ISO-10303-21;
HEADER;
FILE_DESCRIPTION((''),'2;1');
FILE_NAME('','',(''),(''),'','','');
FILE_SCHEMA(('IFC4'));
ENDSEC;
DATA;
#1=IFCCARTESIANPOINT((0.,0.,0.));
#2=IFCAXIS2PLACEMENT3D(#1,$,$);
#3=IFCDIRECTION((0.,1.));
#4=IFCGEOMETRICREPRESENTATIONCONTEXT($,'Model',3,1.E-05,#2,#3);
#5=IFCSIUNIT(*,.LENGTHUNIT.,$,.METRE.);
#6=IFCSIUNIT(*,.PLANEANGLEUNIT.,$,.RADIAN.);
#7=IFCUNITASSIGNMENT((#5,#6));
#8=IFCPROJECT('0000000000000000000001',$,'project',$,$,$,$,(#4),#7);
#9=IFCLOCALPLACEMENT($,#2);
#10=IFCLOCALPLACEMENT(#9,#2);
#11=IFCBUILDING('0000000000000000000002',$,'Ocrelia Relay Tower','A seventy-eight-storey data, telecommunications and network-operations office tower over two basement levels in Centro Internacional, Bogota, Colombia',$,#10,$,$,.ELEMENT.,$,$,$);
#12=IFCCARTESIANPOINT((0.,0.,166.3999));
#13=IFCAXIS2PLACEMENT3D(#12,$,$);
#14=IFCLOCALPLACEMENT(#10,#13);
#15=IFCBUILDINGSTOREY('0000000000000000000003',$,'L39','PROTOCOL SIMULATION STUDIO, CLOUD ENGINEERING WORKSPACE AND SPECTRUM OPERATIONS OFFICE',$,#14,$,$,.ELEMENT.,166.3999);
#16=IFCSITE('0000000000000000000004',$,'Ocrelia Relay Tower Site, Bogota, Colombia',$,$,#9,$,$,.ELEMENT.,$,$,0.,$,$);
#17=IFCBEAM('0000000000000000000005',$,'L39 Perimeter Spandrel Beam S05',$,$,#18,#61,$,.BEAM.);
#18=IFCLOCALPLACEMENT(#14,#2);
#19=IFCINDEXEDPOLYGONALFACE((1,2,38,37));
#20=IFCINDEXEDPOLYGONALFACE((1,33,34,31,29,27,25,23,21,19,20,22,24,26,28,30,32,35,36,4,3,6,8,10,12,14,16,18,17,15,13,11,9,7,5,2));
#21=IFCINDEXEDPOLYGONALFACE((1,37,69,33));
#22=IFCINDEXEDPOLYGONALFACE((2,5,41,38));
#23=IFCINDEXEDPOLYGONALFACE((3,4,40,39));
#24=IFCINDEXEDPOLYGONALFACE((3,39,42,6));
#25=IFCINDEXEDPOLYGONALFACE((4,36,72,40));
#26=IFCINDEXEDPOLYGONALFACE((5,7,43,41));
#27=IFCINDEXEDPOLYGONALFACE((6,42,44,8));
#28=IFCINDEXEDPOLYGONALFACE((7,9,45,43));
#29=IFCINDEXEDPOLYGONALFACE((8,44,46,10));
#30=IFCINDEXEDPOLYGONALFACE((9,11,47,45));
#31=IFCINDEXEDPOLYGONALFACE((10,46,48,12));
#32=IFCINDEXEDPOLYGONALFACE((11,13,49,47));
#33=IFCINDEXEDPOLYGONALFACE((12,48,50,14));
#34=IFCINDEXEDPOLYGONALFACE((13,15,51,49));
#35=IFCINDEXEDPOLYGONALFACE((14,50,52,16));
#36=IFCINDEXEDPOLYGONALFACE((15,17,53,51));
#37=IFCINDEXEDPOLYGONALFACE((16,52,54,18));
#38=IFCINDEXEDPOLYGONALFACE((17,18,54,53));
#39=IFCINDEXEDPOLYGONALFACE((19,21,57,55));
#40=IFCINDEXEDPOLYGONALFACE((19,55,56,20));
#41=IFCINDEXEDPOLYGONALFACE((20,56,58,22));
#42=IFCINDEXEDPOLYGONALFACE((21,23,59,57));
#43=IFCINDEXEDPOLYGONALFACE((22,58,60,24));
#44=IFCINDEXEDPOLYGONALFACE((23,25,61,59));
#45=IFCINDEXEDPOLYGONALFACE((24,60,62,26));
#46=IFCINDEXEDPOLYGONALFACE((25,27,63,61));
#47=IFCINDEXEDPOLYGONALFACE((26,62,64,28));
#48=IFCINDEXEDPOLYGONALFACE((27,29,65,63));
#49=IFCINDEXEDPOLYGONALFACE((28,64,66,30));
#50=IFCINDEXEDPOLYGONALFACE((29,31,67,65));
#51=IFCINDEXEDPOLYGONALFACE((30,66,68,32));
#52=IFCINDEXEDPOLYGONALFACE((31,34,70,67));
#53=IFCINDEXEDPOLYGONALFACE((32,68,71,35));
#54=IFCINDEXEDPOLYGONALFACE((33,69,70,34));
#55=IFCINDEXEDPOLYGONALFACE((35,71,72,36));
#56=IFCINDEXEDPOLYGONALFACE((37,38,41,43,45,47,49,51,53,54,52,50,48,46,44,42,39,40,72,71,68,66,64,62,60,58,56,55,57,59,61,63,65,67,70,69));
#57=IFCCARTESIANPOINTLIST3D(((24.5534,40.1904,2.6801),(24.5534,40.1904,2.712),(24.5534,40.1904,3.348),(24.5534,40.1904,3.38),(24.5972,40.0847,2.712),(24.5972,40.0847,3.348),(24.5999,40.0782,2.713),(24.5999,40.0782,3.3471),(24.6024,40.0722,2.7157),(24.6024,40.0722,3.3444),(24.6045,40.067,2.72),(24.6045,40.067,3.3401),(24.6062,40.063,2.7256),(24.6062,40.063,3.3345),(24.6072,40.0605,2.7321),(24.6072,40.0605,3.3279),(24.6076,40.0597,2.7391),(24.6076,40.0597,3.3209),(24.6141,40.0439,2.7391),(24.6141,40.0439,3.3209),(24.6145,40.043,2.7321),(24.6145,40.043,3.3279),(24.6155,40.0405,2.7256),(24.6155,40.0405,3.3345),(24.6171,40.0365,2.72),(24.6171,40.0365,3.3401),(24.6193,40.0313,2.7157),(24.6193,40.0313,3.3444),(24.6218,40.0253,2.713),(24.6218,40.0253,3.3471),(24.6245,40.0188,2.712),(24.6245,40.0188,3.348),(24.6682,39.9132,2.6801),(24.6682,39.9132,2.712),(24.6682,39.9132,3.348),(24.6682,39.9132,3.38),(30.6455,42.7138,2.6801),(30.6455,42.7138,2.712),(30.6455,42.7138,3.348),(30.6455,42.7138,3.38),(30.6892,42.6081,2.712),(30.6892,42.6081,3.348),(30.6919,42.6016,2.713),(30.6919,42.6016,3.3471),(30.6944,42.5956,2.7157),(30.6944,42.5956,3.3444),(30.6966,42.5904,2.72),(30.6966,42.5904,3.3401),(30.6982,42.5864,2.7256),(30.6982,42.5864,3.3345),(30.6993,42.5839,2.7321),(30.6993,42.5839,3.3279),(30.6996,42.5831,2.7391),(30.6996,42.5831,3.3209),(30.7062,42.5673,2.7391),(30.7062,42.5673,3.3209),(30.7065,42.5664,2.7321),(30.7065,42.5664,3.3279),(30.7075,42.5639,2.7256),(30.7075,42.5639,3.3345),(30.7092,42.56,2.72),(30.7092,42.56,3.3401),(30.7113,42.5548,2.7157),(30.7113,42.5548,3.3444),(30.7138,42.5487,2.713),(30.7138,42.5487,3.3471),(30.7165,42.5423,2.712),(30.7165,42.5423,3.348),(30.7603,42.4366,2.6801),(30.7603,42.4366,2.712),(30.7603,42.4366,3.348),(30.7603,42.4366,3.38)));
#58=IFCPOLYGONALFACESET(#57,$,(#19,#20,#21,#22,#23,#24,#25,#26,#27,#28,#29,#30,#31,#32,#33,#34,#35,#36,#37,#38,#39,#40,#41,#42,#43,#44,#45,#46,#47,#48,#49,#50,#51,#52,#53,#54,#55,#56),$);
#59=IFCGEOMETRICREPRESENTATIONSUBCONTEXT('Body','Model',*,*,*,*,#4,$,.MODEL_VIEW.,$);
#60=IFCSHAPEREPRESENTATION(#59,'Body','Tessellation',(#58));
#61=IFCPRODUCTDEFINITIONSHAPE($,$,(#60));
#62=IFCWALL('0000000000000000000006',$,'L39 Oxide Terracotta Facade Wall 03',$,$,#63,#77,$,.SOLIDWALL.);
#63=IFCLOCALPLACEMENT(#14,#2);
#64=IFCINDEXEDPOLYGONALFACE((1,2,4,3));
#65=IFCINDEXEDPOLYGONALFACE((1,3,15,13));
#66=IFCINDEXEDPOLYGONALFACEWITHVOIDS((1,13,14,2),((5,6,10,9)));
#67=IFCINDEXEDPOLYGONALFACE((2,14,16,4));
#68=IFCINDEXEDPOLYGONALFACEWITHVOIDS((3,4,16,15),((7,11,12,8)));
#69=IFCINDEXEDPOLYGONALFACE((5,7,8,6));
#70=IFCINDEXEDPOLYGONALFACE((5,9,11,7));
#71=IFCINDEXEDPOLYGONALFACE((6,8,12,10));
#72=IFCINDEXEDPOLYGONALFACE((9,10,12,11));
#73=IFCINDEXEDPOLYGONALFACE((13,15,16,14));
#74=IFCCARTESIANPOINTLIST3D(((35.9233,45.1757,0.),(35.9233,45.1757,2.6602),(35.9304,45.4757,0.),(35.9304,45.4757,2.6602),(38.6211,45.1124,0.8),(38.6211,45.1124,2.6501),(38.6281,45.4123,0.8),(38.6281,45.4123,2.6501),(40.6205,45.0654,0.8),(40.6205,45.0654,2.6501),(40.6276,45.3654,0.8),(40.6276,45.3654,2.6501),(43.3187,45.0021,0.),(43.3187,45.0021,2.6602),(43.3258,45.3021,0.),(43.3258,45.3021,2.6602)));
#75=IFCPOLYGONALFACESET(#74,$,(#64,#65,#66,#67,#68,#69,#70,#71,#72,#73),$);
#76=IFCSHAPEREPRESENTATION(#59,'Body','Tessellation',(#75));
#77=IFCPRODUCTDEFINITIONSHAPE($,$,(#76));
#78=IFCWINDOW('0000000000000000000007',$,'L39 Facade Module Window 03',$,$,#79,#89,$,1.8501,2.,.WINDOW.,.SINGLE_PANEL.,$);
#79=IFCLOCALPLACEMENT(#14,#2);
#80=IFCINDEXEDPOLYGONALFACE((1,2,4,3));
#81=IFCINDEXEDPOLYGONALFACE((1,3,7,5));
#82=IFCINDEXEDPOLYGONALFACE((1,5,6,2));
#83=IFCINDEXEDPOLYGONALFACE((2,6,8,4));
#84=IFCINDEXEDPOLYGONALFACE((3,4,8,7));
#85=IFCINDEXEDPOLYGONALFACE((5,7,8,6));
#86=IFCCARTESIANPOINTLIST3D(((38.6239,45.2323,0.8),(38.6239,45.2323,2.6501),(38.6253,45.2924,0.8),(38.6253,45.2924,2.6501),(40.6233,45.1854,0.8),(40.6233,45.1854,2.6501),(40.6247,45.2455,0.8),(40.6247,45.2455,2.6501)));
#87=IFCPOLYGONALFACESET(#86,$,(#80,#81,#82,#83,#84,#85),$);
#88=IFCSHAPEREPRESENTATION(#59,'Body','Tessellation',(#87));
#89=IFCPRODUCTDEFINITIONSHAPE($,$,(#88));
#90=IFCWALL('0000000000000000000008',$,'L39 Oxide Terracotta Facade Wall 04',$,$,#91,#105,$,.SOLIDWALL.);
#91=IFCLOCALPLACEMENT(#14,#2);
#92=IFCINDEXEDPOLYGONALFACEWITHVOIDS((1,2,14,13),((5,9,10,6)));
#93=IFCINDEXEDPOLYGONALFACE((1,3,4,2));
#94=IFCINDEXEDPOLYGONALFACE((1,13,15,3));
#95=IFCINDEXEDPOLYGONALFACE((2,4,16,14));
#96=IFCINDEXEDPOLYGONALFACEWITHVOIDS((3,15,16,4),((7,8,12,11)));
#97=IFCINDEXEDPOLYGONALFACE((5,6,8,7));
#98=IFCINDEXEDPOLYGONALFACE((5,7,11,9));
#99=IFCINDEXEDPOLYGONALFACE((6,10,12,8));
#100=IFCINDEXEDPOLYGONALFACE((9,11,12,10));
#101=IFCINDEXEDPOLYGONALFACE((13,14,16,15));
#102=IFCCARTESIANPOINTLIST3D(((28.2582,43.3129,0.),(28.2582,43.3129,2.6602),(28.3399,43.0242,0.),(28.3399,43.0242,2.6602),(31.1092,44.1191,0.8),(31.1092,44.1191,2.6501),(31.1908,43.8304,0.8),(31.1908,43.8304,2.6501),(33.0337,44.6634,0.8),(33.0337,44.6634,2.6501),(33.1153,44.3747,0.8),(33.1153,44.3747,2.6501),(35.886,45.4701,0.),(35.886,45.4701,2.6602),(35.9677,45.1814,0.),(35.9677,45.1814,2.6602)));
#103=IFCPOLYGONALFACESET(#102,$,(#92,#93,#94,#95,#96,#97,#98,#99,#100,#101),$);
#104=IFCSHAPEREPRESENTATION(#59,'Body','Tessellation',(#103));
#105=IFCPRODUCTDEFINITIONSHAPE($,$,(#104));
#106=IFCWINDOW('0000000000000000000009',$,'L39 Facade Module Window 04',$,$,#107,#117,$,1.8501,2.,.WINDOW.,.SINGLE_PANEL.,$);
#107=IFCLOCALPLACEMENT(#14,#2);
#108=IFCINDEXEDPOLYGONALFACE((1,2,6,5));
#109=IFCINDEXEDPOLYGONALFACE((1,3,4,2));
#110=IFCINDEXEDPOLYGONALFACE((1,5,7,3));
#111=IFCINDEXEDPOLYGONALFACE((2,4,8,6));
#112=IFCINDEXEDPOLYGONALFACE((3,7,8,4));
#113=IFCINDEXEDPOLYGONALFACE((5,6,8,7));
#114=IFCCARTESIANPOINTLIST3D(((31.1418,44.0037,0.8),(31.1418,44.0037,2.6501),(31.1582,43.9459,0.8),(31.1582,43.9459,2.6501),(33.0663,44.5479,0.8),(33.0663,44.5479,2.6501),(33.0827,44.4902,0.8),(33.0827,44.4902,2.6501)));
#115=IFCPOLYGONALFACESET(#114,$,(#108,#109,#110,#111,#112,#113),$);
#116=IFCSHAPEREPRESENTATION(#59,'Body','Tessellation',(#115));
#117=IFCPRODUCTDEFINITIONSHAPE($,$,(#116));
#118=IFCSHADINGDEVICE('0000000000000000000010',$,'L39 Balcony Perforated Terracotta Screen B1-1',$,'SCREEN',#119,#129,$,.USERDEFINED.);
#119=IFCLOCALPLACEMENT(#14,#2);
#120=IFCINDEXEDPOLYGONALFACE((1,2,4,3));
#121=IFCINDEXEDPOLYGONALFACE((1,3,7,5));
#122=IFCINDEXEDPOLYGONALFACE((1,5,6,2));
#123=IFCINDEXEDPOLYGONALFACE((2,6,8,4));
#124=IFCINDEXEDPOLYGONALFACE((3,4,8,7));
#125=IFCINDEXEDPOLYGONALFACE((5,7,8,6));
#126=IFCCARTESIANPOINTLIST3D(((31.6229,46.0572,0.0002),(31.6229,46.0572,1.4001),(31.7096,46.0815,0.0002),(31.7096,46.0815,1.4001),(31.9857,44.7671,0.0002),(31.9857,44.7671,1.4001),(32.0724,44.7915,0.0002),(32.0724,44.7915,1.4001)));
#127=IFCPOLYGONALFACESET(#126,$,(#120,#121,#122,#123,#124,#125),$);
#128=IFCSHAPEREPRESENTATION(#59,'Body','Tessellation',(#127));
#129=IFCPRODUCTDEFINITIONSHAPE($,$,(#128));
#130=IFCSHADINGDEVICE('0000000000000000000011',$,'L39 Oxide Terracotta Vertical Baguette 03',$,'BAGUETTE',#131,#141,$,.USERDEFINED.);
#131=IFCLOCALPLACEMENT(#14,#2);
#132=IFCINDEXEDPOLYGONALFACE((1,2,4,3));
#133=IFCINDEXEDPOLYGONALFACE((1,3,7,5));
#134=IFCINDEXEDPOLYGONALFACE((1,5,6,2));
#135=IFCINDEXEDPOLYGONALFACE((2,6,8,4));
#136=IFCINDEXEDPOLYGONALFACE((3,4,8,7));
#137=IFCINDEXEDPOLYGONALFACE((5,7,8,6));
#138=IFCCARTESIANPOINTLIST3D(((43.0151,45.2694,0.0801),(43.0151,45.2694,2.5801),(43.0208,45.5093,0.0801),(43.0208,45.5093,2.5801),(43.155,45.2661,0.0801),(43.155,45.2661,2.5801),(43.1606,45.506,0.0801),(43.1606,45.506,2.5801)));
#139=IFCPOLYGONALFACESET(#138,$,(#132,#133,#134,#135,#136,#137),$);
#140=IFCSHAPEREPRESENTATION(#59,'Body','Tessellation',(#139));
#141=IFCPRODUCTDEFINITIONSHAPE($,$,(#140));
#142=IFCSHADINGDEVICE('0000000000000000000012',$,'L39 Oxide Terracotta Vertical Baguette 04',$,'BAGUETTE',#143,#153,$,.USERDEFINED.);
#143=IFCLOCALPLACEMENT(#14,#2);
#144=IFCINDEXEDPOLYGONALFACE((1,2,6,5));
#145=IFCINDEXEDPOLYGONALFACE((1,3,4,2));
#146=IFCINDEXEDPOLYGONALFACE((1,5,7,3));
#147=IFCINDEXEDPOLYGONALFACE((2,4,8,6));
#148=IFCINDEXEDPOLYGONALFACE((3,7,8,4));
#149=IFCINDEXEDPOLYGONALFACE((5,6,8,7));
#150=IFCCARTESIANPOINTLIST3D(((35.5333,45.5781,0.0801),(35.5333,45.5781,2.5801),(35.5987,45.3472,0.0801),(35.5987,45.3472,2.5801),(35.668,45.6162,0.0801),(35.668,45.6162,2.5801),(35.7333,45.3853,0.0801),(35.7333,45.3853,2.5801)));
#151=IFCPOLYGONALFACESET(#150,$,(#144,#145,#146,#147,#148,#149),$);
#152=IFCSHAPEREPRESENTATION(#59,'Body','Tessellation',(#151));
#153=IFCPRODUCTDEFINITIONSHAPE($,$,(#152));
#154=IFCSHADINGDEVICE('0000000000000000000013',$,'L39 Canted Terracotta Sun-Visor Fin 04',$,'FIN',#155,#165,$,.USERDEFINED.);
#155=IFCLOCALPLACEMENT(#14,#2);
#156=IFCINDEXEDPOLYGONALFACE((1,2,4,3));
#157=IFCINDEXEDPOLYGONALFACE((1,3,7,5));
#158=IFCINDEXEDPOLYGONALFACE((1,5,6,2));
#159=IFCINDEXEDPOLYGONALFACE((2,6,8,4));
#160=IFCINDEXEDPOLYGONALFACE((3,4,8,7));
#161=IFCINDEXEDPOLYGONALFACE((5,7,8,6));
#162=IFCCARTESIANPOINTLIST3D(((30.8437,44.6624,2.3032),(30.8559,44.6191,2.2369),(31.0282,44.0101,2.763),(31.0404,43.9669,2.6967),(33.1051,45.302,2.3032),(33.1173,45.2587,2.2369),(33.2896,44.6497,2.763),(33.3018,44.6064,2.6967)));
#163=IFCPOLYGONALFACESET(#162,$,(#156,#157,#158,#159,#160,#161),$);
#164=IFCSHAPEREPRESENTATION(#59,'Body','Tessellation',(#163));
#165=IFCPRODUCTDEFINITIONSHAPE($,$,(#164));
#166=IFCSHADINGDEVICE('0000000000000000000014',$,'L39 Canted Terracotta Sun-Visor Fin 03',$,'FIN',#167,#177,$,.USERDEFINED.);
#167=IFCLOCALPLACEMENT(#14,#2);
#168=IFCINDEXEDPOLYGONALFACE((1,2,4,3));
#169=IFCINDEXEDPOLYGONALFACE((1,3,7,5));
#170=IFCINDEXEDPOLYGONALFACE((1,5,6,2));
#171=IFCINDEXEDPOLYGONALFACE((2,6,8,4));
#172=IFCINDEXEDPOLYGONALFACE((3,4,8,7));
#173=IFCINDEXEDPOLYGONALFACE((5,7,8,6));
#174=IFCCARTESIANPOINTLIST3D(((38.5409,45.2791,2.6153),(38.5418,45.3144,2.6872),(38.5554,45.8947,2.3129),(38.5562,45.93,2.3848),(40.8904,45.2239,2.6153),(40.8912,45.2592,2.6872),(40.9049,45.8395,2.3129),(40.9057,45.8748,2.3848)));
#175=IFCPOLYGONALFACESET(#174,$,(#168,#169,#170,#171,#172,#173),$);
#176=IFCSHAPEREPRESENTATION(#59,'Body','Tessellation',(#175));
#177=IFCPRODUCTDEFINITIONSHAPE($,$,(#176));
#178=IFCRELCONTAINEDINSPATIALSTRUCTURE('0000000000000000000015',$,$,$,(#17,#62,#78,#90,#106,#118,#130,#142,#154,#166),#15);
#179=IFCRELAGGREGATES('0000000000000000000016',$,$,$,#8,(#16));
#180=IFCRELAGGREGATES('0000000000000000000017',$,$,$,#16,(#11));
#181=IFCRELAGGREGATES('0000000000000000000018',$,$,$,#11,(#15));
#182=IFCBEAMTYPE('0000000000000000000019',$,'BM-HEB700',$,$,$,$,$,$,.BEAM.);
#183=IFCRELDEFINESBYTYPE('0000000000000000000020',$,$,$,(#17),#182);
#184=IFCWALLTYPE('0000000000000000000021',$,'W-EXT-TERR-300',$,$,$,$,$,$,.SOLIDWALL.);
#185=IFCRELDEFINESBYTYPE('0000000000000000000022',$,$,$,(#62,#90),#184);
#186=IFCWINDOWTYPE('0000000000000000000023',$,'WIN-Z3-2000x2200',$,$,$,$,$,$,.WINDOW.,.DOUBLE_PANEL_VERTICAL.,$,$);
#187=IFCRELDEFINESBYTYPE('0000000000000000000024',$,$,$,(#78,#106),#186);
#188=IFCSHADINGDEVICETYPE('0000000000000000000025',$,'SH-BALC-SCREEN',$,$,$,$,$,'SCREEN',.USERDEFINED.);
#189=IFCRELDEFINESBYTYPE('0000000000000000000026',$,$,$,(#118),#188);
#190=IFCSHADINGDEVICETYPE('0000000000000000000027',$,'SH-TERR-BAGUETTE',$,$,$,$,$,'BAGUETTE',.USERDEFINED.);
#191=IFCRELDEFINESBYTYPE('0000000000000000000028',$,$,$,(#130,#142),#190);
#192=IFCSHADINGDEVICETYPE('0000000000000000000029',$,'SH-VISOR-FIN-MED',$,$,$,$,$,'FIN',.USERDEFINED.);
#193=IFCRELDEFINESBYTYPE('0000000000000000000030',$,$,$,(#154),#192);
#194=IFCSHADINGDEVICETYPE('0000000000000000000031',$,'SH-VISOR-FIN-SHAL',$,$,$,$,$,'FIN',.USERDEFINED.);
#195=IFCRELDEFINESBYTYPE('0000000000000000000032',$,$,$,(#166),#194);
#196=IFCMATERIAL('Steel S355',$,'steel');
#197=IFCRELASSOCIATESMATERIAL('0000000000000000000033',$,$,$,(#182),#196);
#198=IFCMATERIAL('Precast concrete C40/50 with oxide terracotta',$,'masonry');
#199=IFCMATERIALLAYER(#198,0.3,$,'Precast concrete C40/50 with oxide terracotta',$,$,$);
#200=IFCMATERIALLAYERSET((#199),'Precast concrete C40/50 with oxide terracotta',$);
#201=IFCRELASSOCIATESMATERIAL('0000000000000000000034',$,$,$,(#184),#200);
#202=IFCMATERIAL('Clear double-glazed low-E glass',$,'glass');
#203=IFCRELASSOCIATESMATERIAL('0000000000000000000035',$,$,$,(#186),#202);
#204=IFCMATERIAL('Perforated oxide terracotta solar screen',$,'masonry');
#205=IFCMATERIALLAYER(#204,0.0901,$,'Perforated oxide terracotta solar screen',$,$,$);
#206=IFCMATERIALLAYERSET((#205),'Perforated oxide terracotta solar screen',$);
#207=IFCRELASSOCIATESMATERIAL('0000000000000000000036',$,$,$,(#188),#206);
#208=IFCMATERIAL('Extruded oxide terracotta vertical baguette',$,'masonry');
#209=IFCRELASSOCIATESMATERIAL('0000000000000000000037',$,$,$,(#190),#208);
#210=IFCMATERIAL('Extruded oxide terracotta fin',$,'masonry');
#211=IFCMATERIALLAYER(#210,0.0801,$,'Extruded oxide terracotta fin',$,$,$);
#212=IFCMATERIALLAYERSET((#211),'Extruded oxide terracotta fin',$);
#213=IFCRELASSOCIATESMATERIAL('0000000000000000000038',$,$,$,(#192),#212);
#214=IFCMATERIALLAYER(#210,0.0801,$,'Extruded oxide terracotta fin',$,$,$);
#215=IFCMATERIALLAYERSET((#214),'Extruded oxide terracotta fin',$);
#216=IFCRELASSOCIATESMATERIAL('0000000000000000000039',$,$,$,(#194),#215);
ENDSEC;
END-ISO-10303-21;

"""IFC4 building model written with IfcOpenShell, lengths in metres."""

from ifc_helpers import new_model, si_unit, direction, frame, frame_2d, origin, origin_2d, place, context, subcontext, project, spatial, rectangle, i_section, extrude, material, layer, layer_set, material_profile, profile_set, type_object, element, fill, save


model = new_model("IFC4")

# Units and contexts
model_context = context("Model", 3, precision=1e-05, world=origin(), true_north=direction((0.0, 1.0)))
body_context = subcontext(model_context, "Body", "Model", "MODEL_VIEW")
ifc_project = project(units=[si_unit("LENGTHUNIT", "METRE"), si_unit("PLANEANGLEUNIT", "RADIAN")], contexts=[model_context])

# Site, building, storey
site_placement = place(None, origin())
site = spatial("IfcSite", under=ifc_project, at=site_placement, Name="Ocrelia Relay Tower Site, Bogota, Colombia", CompositionType="ELEMENT", RefElevation=0.0)
building_placement = place(site_placement, origin())
building = spatial("IfcBuilding", under=site, at=building_placement, Name="Ocrelia Relay Tower", Description="A seventy-eight-storey data, telecommunications and network-operations office tower over two basement levels in Centro Internacional, Bogota, Colombia", CompositionType="ELEMENT")
storey_placement = place(building_placement, frame((0.0, 0.0, 166.3999)))
storey = spatial("IfcBuildingStorey", under=building, at=storey_placement, Name="L39", Description="PROTOCOL SIMULATION STUDIO, CLOUD ENGINEERING WORKSPACE AND SPECTRUM OPERATIONS OFFICE", CompositionType="ELEMENT", Elevation=166.3999)

# Beam
ifc_material_1 = material(Name="Steel S355", Category="steel")
ifc_material_profile_1 = material_profile(ifc_material_1, i_section(OverallWidth=0.3, OverallDepth=0.7, WebThickness=0.0171, FlangeThickness=0.032, FilletRadius=0.0271, at=origin_2d()), Name="HEB 700")
ifc_profile_set_1 = profile_set([ifc_material_profile_1], Name="Steel S355")
beam_type_1 = type_object("IfcBeamType", Name="BM-HEB700", PredefinedType="BEAM", material=ifc_profile_set_1)
beam_1_placement = place(storey_placement, frame((30.7029, 42.5752, 3.03), z_axis=(-0.923878, -0.382688, 0.0), x_axis=(0.382688, -0.923878, 0.0)))
element("IfcBeam", 1, at=beam_1_placement, inside=storey, type_object=beam_type_1, Name="L39 Perimeter Spandrel Beam S05", PredefinedType="BEAM", context=body_context, shape_type="SweptSolid", body=[
    extrude(i_section(OverallWidth=0.3, OverallDepth=0.7, WebThickness=0.0171, FlangeThickness=0.032, FilletRadius=0.0271, at=origin_2d()), origin(), (0.0, 0.0, 1.0), 6.594),
])

# Walls, openings, windows
ifc_material_2 = material(Name="Precast concrete C40/50 with oxide terracotta", Category="masonry")
ifc_layer_1 = layer(ifc_material_2, 0.3, Name="Precast concrete C40/50 with oxide terracotta")
ifc_layer_set_1 = layer_set([ifc_layer_1], Name="Precast concrete C40/50 with oxide terracotta")
wall_type = type_object("IfcWallType", Name="W-EXT-TERR-300", PredefinedType="SOLIDWALL", material=ifc_layer_set_1)
wall_1_placement = place(storey_placement, frame((43.3223, 45.1521, 0.0), z_axis=(0.0, 0.0, 1.0), x_axis=(-0.999725, 0.023465, 0.0)))
wall_1 = element("IfcWall", 2, at=wall_1_placement, inside=storey, type_object=wall_type, Name="L39 Oxide Terracotta Facade Wall 03", PredefinedType="SOLIDWALL", context=body_context, shape_type="SweptSolid", body=[
    extrude(rectangle(XDim=7.3975, YDim=0.3, at=frame_2d((3.6987, 0.0))), origin(), (0.0, 0.0, 1.0), 2.6602),
])
opening_1_placement = place(wall_1_placement, frame((2.699, 0.0, 0.8)))
opening_1 = element("IfcOpeningElement", 3, at=opening_1_placement, cuts=wall_1, PredefinedType="OPENING", context=body_context, shape_type="SweptSolid", body=[
    extrude(rectangle(XDim=2.0, YDim=1.8501, at=frame_2d((1.0, 0.925))), frame((0.0, 0.1602, 0.0), z_axis=(0.0, -1.0, 0.0), x_axis=(1.0, 0.0, 0.0)), (0.0, 0.0, 1.0), 0.3201),
])
ifc_material_3 = material(Name="Clear double-glazed low-E glass", Category="glass")
window_type = type_object("IfcWindowType", Name="WIN-Z3-2000x2200", PartitioningType="DOUBLE_PANEL_VERTICAL", PredefinedType="WINDOW", material=ifc_material_3)
window_1_placement = place(opening_1_placement, origin())
window_1 = element("IfcWindow", 4, at=window_1_placement, inside=storey, type_object=window_type, Name="L39 Facade Module Window 03", OverallHeight=1.8501, OverallWidth=2.0, PartitioningType="SINGLE_PANEL", PredefinedType="WINDOW", context=body_context, shape_type="SweptSolid", body=[
    extrude(rectangle(XDim=2.0, YDim=1.8501, at=frame_2d((1.0, 0.925))), frame((0.0, 0.03, 0.0), z_axis=(0.0, -1.0, 0.0), x_axis=(1.0, 0.0, 0.0)), (0.0, 0.0, 1.0), 0.0601),
])
fill(opening_1, window_1)
wall_2_placement = place(storey_placement, frame((35.9268, 45.3257, 0.0), z_axis=(0.0, 0.0, 1.0), x_axis=(-0.96226, -0.272133, 0.0)))
wall_2 = element("IfcWall", 5, at=wall_2_placement, inside=storey, type_object=wall_type, Name="L39 Oxide Terracotta Facade Wall 04", PredefinedType="SOLIDWALL", context=body_context, shape_type="SweptSolid", body=[
    extrude(rectangle(XDim=7.927, YDim=0.3, at=frame_2d((3.9634, 0.0))), origin(), (0.0, 0.0, 1.0), 2.6602),
])
opening_2_placement = place(wall_2_placement, frame((2.9641, 0.0, 0.8)))
opening_2 = element("IfcOpeningElement", 6, at=opening_2_placement, cuts=wall_2, PredefinedType="OPENING", context=body_context, shape_type="SweptSolid", body=[
    extrude(rectangle(XDim=2.0, YDim=1.8501, at=frame_2d((1.0, 0.925))), frame((0.0, 0.1602, 0.0), z_axis=(0.0, -1.0, 0.0), x_axis=(1.0, 0.0, 0.0)), (0.0, 0.0, 1.0), 0.3201),
])
window_2_placement = place(opening_2_placement, origin())
window_2 = element("IfcWindow", 7, at=window_2_placement, inside=storey, type_object=window_type, Name="L39 Facade Module Window 04", OverallHeight=1.8501, OverallWidth=2.0, PartitioningType="SINGLE_PANEL", PredefinedType="WINDOW", context=body_context, shape_type="SweptSolid", body=[
    extrude(rectangle(XDim=2.0, YDim=1.8501, at=frame_2d((1.0, 0.925))), frame((0.0, 0.03, 0.0), z_axis=(0.0, -1.0, 0.0), x_axis=(1.0, 0.0, 0.0)), (0.0, 0.0, 1.0), 0.0601),
])
fill(opening_2, window_2)

# Shading devices
ifc_material_4 = material(Name="Perforated oxide terracotta solar screen", Category="masonry")
ifc_layer_2 = layer(ifc_material_4, 0.0901, Name="Perforated oxide terracotta solar screen")
ifc_layer_set_2 = layer_set([ifc_layer_2], Name="Perforated oxide terracotta solar screen")
shading_device_type_1 = type_object("IfcShadingDeviceType", Name="SH-BALC-SCREEN", ElementType="SCREEN", PredefinedType="USERDEFINED", material=ifc_layer_set_2)
shading_device_1_placement = place(storey_placement, frame((31.8477, 45.4243, 0.0002), z_axis=(0.0, 0.0, 1.0), x_axis=(-0.2707, 0.962664, 0.0)))
element("IfcShadingDevice", 8, at=shading_device_1_placement, inside=storey, type_object=shading_device_type_1, Name="L39 Balcony Perforated Terracotta Screen B1-1", ObjectType="SCREEN", PredefinedType="USERDEFINED", context=body_context, shape_type="SweptSolid", body=[
    extrude(rectangle(XDim=1.3401, YDim=0.0901, at=origin_2d()), origin(), (0.0, 0.0, 1.0), 1.3999),
])
ifc_material_5 = material(Name="Extruded oxide terracotta vertical baguette", Category="masonry")
shading_device_type_2 = type_object("IfcShadingDeviceType", Name="SH-TERR-BAGUETTE", ElementType="BAGUETTE", PredefinedType="USERDEFINED", material=ifc_material_5)
for number, where, z_axis, x_axis, name in (
    (9, (43.0879, 45.3877, 0.0801), (0.0, 0.0, 1.0), (-0.999724, 0.023481, 0.0), "L39 Oxide Terracotta Vertical Baguette 03"),
    (10, (35.6333, 45.4817, 0.0801), (0.0, 0.0, 1.0), (-0.962257, -0.272143, 0.0), "L39 Oxide Terracotta Vertical Baguette 04"),
):
    element("IfcShadingDevice", number, at=place(storey_placement, frame(where, z_axis=z_axis, x_axis=x_axis)), inside=storey, type_object=shading_device_type_2, Name=name, ObjectType="BAGUETTE", PredefinedType="USERDEFINED", context=body_context, shape_type="SweptSolid", body=[
        extrude(rectangle(XDim=0.1399, YDim=0.24, at=origin_2d()), origin(), (0.0, 0.0, 1.0), 2.5),
    ])
ifc_material_6 = material(Name="Extruded oxide terracotta fin", Category="masonry")
ifc_layer_3 = layer(ifc_material_6, 0.0801, Name="Extruded oxide terracotta fin")
ifc_layer_set_3 = layer_set([ifc_layer_3], Name="Extruded oxide terracotta fin")
shading_device_type_3 = type_object("IfcShadingDeviceType", Name="SH-VISOR-FIN-MED", ElementType="FIN", PredefinedType="USERDEFINED", material=ifc_layer_set_3)
shading_device_2_placement = place(storey_placement, frame((32.0789, 44.6128, 2.4668), z_axis=(-0.15277, 0.540174, 0.827571), x_axis=(-0.962257, -0.272143, 0.0)))
element("IfcShadingDevice", 11, at=shading_device_2_placement, inside=storey, type_object=shading_device_type_3, Name="L39 Canted Terracotta Sun-Visor Fin 04", ObjectType="FIN", PredefinedType="USERDEFINED", context=body_context, shape_type="SweptSolid", body=[
    extrude(rectangle(XDim=2.3501, YDim=0.8191, at=origin_2d()), origin(), (0.0, 0.0, 1.0), 0.0801),
])
ifc_layer_4 = layer(ifc_material_6, 0.0801, Name="Extruded oxide terracotta fin")
ifc_layer_set_4 = layer_set([ifc_layer_4], Name="Extruded oxide terracotta fin")
shading_device_type_4 = type_object("IfcShadingDeviceType", Name="SH-VISOR-FIN-SHAL", ElementType="FIN", PredefinedType="USERDEFINED", material=ifc_layer_set_4)
shading_device_3_placement = place(storey_placement, frame((39.7229, 45.5593, 2.4641), z_axis=(0.010352, 0.440758, 0.897566), x_axis=(-0.999724, 0.023481, 0.0)))
element("IfcShadingDevice", 12, at=shading_device_3_placement, inside=storey, type_object=shading_device_type_4, Name="L39 Canted Terracotta Sun-Visor Fin 03", ObjectType="FIN", PredefinedType="USERDEFINED", context=body_context, shape_type="SweptSolid", body=[
    extrude(rectangle(XDim=2.3501, YDim=0.686, at=origin_2d()), origin(), (0.0, 0.0, 1.0), 0.0801),
])

save(model, "model.ifc")
